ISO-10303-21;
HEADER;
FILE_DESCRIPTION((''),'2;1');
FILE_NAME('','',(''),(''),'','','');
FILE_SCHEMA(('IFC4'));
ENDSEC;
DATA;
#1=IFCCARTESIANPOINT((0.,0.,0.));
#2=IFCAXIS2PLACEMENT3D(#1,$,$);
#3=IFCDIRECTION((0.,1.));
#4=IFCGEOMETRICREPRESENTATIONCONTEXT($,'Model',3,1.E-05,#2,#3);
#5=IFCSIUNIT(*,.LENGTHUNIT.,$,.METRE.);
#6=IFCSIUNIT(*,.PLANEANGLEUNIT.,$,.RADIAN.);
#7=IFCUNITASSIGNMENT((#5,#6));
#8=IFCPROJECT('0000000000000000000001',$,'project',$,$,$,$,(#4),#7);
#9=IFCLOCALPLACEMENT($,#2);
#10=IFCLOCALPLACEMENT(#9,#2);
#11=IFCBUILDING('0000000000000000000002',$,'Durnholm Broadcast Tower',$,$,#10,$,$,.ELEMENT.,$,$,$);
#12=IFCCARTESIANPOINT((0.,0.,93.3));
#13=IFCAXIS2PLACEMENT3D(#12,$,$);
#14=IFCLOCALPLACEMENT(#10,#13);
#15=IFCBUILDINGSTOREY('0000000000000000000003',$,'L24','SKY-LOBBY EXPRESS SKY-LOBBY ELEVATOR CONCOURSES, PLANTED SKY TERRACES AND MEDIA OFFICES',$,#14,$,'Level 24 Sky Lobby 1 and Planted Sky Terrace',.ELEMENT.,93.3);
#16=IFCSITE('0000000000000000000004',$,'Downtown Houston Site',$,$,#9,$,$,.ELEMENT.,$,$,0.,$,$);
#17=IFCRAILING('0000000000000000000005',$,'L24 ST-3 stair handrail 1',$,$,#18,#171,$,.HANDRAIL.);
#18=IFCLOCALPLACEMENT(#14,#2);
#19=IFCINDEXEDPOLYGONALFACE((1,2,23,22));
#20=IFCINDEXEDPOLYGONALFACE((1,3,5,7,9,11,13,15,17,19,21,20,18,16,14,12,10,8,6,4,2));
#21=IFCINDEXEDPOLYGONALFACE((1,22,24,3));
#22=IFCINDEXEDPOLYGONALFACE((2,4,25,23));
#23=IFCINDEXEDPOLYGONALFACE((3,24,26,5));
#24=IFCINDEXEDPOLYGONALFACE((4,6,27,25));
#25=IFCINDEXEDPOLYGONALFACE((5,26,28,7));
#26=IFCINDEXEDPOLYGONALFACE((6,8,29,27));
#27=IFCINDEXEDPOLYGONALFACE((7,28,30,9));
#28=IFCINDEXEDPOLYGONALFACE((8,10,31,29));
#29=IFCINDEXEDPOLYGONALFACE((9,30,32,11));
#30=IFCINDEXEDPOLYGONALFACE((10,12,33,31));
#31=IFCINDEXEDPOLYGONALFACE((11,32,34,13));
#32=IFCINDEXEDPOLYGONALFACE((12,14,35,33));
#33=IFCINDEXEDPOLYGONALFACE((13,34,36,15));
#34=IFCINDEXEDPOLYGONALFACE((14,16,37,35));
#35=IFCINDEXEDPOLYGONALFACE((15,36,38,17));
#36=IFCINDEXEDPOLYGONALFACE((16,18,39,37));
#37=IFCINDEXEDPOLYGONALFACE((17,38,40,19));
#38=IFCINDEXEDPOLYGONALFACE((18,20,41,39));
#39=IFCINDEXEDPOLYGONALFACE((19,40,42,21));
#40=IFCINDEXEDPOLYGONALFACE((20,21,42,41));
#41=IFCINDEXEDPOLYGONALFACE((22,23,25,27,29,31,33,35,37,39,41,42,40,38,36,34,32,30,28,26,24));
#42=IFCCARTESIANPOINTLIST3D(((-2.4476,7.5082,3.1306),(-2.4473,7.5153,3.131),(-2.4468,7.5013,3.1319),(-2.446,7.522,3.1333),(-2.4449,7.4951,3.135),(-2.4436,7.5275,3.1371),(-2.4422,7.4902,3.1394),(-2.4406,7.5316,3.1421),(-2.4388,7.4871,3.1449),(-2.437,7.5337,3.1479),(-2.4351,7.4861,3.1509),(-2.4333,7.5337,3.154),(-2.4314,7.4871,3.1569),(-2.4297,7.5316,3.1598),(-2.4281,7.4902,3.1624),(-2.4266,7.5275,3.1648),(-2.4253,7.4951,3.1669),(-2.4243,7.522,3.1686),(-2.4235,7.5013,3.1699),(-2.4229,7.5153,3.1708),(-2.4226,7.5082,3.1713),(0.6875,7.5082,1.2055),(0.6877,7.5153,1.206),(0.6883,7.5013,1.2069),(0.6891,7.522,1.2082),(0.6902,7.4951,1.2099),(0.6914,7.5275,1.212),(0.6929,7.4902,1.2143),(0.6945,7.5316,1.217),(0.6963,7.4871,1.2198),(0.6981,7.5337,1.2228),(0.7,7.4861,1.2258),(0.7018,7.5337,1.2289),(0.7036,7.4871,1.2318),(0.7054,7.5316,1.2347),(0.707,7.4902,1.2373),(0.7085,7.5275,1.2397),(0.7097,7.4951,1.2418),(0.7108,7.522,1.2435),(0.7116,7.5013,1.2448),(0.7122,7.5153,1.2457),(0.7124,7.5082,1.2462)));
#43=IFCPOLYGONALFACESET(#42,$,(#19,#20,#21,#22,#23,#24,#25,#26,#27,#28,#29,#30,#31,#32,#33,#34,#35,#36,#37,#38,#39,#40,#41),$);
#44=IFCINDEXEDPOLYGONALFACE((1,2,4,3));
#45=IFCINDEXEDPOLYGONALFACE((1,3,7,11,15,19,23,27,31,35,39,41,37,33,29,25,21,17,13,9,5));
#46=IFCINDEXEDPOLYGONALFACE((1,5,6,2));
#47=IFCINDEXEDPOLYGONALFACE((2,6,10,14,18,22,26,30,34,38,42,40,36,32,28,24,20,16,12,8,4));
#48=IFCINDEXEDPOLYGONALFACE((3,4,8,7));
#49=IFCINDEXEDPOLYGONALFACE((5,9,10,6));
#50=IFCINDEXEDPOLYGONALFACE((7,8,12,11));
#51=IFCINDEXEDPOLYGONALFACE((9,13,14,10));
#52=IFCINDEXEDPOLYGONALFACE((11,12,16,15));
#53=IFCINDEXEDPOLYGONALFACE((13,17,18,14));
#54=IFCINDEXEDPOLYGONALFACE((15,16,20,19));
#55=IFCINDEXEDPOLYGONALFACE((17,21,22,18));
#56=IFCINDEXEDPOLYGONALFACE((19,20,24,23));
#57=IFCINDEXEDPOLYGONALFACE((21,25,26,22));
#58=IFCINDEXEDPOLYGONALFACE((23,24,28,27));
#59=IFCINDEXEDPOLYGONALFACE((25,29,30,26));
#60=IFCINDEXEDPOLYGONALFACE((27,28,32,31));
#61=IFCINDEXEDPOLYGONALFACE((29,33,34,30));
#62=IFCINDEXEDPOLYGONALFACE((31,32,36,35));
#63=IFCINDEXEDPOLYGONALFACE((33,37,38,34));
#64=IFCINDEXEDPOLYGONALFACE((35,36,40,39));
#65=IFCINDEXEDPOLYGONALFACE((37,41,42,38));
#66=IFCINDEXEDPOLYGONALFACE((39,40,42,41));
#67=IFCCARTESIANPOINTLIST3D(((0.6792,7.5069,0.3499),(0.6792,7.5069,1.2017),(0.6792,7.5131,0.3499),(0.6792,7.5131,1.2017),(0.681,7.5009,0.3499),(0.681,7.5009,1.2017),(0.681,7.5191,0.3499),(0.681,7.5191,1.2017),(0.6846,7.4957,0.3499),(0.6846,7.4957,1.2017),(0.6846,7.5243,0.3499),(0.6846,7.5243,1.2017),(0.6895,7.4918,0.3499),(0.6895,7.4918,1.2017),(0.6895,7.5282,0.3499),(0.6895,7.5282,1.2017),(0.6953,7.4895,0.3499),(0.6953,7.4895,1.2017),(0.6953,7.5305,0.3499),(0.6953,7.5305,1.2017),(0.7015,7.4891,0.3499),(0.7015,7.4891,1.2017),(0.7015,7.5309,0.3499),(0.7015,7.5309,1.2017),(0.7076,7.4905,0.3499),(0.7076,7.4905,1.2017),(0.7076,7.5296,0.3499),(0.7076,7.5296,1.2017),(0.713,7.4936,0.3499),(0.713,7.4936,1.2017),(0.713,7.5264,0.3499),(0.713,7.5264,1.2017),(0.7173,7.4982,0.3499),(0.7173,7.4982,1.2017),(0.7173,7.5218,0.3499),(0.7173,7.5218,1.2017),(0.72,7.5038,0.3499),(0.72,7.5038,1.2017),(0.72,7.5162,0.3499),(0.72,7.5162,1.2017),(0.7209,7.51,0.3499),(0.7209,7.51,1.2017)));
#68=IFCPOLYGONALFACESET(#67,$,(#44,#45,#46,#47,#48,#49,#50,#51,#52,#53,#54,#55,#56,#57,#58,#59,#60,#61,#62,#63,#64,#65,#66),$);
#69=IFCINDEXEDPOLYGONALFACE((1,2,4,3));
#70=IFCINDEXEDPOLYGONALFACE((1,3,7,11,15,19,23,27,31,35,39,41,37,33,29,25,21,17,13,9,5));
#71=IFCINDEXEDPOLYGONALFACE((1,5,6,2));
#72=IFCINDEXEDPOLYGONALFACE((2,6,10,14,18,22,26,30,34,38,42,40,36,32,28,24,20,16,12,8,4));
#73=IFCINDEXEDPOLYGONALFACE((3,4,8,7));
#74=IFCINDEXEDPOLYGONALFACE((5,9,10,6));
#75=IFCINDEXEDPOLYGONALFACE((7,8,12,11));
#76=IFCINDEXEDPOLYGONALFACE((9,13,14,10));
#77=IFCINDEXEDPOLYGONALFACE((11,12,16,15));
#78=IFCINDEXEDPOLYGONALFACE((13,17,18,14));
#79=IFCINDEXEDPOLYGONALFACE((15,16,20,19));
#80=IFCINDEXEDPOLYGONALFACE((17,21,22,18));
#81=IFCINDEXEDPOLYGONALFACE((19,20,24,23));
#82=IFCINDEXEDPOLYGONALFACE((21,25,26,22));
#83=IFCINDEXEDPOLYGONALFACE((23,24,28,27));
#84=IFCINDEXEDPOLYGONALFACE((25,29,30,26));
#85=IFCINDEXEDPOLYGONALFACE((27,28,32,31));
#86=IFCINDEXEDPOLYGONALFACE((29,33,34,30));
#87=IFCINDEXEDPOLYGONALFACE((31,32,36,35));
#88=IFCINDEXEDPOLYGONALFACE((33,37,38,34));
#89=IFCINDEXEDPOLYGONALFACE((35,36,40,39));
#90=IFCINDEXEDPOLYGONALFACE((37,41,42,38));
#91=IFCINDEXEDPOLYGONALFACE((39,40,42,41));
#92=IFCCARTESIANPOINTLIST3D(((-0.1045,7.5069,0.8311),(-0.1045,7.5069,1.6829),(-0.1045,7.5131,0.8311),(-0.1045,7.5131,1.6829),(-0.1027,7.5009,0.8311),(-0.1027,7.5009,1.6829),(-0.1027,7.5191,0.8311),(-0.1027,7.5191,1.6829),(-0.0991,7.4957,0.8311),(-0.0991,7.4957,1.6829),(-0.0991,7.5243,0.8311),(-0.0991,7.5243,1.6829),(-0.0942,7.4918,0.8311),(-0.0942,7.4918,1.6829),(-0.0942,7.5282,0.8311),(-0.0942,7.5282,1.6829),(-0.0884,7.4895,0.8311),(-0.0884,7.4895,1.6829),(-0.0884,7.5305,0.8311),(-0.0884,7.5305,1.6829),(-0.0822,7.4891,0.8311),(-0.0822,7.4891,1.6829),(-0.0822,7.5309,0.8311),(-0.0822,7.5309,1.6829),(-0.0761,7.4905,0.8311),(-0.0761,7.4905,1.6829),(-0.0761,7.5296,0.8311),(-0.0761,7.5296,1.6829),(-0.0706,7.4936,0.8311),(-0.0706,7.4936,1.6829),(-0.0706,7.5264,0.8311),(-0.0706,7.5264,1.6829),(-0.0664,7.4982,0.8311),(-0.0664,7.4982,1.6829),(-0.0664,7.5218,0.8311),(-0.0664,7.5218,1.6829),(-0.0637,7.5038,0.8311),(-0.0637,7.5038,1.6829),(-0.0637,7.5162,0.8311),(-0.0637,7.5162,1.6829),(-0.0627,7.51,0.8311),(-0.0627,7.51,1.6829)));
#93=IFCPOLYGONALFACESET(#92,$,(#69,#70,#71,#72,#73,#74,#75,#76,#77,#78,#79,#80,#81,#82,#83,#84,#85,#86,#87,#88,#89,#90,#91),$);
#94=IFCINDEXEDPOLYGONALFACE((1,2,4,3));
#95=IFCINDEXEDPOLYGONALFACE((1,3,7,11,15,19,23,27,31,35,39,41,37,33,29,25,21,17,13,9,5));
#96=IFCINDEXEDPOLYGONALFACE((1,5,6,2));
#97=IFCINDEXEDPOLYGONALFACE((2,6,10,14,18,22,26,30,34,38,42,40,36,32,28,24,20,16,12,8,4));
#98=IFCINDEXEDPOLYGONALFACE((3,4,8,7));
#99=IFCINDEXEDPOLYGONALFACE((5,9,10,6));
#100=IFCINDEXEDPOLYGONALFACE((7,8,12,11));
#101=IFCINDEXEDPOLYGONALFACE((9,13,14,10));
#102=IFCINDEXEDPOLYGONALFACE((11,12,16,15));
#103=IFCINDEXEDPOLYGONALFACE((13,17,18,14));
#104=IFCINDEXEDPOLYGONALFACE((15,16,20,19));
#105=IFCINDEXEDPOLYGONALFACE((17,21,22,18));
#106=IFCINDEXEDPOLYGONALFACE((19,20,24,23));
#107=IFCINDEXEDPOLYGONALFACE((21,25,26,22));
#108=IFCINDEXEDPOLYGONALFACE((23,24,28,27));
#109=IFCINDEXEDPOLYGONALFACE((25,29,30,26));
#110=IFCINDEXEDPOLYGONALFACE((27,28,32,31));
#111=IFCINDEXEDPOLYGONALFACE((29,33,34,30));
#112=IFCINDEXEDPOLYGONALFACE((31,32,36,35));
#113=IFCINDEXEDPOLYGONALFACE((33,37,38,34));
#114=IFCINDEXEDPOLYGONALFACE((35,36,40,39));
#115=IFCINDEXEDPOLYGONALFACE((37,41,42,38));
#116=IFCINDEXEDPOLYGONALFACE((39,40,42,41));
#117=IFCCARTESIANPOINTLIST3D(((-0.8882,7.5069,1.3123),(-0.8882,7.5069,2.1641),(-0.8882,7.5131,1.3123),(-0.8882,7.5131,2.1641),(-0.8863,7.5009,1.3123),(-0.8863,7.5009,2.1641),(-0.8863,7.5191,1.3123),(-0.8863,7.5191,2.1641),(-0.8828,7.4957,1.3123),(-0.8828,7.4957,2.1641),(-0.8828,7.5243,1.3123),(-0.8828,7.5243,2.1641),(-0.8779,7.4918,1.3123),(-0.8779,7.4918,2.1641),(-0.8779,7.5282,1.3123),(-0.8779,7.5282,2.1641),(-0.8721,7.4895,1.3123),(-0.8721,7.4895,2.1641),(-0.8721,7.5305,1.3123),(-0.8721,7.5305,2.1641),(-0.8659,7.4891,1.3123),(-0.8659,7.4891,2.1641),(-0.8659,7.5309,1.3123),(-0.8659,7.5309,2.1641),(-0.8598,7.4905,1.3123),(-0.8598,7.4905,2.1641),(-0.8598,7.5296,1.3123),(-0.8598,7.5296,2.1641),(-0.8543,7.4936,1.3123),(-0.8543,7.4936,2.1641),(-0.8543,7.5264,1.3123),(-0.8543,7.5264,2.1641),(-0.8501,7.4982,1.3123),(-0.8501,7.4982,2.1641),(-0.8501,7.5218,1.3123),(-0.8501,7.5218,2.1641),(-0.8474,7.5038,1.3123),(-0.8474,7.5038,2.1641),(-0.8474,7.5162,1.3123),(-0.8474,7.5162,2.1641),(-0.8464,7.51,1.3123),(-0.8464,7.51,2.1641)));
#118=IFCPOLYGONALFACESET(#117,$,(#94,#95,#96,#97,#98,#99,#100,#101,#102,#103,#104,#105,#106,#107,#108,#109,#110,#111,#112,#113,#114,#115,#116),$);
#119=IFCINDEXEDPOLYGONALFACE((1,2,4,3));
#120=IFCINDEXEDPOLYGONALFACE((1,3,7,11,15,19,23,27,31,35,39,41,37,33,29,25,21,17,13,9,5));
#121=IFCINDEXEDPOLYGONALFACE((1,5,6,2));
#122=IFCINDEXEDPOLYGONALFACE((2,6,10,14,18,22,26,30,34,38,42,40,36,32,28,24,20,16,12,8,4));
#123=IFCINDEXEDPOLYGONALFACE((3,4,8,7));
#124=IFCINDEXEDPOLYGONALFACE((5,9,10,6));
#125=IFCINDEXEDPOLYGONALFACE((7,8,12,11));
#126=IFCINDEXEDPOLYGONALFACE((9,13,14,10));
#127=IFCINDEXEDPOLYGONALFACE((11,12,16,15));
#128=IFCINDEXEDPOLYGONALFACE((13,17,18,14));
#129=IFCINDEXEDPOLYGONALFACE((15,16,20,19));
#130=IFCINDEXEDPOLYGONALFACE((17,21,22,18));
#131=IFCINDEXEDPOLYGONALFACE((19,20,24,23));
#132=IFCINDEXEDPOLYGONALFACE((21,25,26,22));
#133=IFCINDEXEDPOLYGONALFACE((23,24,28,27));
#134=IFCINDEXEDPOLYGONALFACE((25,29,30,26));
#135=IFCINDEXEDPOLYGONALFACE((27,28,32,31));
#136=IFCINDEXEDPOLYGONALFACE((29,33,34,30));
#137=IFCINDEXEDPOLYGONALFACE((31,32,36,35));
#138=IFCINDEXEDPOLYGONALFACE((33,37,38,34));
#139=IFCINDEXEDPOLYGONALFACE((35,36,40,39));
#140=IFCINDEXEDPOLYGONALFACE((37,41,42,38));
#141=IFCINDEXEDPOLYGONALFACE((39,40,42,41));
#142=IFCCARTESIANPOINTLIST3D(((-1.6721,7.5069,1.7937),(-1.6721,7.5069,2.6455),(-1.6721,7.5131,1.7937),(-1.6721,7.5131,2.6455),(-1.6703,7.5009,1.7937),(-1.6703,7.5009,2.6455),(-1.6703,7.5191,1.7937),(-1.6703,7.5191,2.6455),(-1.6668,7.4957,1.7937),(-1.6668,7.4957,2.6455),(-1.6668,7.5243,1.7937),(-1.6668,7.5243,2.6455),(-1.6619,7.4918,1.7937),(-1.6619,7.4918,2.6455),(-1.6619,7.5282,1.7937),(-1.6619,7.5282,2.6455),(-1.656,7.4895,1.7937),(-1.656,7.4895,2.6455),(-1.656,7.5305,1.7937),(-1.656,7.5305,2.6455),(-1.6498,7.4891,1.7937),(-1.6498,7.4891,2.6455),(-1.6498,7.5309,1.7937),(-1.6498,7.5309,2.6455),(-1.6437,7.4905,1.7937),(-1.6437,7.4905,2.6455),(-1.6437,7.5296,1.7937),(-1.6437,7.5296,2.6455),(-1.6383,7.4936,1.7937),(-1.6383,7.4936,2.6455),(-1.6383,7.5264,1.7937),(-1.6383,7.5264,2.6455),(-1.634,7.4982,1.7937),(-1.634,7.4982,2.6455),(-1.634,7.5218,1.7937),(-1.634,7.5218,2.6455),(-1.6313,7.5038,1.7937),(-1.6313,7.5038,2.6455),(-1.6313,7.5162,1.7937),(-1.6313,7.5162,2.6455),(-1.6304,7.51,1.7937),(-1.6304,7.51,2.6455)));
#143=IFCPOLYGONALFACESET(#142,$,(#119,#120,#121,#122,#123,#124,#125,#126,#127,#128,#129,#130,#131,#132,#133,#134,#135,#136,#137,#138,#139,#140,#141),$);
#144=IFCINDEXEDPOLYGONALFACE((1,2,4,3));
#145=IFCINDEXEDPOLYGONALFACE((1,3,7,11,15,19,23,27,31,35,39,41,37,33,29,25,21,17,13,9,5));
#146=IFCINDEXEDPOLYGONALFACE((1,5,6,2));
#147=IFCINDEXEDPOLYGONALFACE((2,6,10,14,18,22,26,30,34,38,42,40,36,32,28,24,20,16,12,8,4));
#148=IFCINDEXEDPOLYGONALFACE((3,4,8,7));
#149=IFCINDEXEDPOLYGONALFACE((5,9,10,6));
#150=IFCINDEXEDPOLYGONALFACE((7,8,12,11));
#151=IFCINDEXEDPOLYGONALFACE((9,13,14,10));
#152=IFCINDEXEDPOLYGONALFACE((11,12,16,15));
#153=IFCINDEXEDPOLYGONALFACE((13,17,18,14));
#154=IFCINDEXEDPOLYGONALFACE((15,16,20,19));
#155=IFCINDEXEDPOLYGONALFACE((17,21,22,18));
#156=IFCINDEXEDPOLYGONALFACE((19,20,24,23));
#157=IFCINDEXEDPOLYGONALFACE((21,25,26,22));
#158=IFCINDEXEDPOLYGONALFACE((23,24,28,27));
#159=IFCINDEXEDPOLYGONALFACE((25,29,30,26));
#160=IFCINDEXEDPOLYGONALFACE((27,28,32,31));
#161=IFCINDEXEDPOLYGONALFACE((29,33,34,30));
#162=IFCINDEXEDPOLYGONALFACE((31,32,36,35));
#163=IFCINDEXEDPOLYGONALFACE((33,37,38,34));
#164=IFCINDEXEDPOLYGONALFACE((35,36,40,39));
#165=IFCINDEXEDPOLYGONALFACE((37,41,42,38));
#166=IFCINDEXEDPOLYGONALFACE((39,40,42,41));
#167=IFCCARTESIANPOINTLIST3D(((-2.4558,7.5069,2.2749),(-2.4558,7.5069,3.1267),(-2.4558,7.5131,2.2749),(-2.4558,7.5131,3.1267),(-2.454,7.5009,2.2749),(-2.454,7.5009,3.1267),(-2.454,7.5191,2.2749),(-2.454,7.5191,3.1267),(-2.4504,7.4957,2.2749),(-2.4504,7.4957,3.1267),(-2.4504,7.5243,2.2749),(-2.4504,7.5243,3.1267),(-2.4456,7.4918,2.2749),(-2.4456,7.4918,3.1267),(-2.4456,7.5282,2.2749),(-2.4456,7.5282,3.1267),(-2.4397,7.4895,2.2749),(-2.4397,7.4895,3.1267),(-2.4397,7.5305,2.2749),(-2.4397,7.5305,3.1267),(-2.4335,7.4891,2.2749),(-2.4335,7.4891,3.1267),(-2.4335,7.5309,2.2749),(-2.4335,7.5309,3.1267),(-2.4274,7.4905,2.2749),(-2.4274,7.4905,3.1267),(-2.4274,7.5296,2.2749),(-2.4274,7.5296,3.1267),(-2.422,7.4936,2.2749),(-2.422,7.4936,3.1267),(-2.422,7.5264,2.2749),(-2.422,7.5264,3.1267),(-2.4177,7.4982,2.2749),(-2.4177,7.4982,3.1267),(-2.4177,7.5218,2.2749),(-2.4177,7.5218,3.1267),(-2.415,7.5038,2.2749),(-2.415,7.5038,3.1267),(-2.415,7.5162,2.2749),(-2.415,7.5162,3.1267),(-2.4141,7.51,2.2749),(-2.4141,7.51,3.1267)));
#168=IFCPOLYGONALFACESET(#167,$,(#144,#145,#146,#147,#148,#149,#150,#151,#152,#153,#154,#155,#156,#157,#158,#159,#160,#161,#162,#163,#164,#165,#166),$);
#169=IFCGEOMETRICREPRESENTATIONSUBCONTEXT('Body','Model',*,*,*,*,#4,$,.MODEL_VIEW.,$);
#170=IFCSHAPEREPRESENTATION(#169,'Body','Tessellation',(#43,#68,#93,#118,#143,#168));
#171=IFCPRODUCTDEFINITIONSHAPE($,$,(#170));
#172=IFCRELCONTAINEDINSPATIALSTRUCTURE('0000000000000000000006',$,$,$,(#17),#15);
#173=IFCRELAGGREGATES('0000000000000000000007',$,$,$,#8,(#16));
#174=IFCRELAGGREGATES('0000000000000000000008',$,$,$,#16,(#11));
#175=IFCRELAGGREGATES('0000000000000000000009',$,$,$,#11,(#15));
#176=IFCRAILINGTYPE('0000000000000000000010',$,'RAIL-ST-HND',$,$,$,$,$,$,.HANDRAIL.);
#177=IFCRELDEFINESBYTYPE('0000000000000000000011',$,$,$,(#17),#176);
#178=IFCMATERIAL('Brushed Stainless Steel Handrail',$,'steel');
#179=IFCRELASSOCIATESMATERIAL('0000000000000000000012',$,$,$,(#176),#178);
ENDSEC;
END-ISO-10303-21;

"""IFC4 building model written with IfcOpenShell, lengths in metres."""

from ifc_helpers import new_model, si_unit, direction, frame, origin, origin_2d, place, context, subcontext, project, spatial, circle, extrude, material, type_object, element, save


model = new_model("IFC4")

# Units and contexts
model_context = context("Model", 3, precision=1e-05, world=origin(), true_north=direction((0.0, 1.0)))
body_context = subcontext(model_context, "Body", "Model", "MODEL_VIEW")
ifc_project = project(units=[si_unit("LENGTHUNIT", "METRE"), si_unit("PLANEANGLEUNIT", "RADIAN")], contexts=[model_context])

# Site, building, storey
site_placement = place(None, origin())
site = spatial("IfcSite", under=ifc_project, at=site_placement, Name="Downtown Houston Site", CompositionType="ELEMENT", RefElevation=0.0)
building_placement = place(site_placement, origin())
building = spatial("IfcBuilding", under=site, at=building_placement, Name="Durnholm Broadcast Tower", CompositionType="ELEMENT")
storey_placement = place(building_placement, frame((0.0, 0.0, 93.3)))
storey = spatial("IfcBuildingStorey", under=building, at=storey_placement, Name="L24", Description="SKY-LOBBY EXPRESS SKY-LOBBY ELEVATOR CONCOURSES, PLANTED SKY TERRACES AND MEDIA OFFICES", LongName="Level 24 Sky Lobby 1 and Planted Sky Terrace", CompositionType="ELEMENT", Elevation=93.3)

# Railing
ifc_material_1 = material(Name="Brushed Stainless Steel Handrail", Category="steel")
railing_type_1 = type_object("IfcRailingType", Name="RAIL-ST-HND", PredefinedType="HANDRAIL", material=ifc_material_1)
railing_1_placement = place(storey_placement, frame((0.7, 7.51, 0.3499)))
element("IfcRailing", 1, at=railing_1_placement, inside=storey, type_object=railing_type_1, Name="L24 ST-3 stair handrail 1", PredefinedType="HANDRAIL", context=body_context, shape_type="SweptSolid", body=[
    extrude(circle(Radius=0.0239, at=origin_2d()), frame((0.0, 0.0, 0.876), z_axis=(-0.852166, 0.0, 0.523271), x_axis=(0.0, -1.0, 0.0)), (0.0, 0.0, 1.0), 3.679),
    extrude(circle(Radius=0.021, at=origin_2d()), origin(), (0.0, 0.0, 1.0), 0.8518),
    extrude(circle(Radius=0.021, at=origin_2d()), frame((-0.7837, 0.0, 0.4812)), (0.0, 0.0, 1.0), 0.8518),
    extrude(circle(Radius=0.021, at=origin_2d()), frame((-1.5674, 0.0, 0.9624)), (0.0, 0.0, 1.0), 0.8518),
    extrude(circle(Radius=0.021, at=origin_2d()), frame((-2.3513, 0.0, 1.4438)), (0.0, 0.0, 1.0), 0.8518),
    extrude(circle(Radius=0.021, at=origin_2d()), frame((-3.135, 0.0, 1.925)), (0.0, 0.0, 1.0), 0.8518),
])

save(model, "model.ifc")
